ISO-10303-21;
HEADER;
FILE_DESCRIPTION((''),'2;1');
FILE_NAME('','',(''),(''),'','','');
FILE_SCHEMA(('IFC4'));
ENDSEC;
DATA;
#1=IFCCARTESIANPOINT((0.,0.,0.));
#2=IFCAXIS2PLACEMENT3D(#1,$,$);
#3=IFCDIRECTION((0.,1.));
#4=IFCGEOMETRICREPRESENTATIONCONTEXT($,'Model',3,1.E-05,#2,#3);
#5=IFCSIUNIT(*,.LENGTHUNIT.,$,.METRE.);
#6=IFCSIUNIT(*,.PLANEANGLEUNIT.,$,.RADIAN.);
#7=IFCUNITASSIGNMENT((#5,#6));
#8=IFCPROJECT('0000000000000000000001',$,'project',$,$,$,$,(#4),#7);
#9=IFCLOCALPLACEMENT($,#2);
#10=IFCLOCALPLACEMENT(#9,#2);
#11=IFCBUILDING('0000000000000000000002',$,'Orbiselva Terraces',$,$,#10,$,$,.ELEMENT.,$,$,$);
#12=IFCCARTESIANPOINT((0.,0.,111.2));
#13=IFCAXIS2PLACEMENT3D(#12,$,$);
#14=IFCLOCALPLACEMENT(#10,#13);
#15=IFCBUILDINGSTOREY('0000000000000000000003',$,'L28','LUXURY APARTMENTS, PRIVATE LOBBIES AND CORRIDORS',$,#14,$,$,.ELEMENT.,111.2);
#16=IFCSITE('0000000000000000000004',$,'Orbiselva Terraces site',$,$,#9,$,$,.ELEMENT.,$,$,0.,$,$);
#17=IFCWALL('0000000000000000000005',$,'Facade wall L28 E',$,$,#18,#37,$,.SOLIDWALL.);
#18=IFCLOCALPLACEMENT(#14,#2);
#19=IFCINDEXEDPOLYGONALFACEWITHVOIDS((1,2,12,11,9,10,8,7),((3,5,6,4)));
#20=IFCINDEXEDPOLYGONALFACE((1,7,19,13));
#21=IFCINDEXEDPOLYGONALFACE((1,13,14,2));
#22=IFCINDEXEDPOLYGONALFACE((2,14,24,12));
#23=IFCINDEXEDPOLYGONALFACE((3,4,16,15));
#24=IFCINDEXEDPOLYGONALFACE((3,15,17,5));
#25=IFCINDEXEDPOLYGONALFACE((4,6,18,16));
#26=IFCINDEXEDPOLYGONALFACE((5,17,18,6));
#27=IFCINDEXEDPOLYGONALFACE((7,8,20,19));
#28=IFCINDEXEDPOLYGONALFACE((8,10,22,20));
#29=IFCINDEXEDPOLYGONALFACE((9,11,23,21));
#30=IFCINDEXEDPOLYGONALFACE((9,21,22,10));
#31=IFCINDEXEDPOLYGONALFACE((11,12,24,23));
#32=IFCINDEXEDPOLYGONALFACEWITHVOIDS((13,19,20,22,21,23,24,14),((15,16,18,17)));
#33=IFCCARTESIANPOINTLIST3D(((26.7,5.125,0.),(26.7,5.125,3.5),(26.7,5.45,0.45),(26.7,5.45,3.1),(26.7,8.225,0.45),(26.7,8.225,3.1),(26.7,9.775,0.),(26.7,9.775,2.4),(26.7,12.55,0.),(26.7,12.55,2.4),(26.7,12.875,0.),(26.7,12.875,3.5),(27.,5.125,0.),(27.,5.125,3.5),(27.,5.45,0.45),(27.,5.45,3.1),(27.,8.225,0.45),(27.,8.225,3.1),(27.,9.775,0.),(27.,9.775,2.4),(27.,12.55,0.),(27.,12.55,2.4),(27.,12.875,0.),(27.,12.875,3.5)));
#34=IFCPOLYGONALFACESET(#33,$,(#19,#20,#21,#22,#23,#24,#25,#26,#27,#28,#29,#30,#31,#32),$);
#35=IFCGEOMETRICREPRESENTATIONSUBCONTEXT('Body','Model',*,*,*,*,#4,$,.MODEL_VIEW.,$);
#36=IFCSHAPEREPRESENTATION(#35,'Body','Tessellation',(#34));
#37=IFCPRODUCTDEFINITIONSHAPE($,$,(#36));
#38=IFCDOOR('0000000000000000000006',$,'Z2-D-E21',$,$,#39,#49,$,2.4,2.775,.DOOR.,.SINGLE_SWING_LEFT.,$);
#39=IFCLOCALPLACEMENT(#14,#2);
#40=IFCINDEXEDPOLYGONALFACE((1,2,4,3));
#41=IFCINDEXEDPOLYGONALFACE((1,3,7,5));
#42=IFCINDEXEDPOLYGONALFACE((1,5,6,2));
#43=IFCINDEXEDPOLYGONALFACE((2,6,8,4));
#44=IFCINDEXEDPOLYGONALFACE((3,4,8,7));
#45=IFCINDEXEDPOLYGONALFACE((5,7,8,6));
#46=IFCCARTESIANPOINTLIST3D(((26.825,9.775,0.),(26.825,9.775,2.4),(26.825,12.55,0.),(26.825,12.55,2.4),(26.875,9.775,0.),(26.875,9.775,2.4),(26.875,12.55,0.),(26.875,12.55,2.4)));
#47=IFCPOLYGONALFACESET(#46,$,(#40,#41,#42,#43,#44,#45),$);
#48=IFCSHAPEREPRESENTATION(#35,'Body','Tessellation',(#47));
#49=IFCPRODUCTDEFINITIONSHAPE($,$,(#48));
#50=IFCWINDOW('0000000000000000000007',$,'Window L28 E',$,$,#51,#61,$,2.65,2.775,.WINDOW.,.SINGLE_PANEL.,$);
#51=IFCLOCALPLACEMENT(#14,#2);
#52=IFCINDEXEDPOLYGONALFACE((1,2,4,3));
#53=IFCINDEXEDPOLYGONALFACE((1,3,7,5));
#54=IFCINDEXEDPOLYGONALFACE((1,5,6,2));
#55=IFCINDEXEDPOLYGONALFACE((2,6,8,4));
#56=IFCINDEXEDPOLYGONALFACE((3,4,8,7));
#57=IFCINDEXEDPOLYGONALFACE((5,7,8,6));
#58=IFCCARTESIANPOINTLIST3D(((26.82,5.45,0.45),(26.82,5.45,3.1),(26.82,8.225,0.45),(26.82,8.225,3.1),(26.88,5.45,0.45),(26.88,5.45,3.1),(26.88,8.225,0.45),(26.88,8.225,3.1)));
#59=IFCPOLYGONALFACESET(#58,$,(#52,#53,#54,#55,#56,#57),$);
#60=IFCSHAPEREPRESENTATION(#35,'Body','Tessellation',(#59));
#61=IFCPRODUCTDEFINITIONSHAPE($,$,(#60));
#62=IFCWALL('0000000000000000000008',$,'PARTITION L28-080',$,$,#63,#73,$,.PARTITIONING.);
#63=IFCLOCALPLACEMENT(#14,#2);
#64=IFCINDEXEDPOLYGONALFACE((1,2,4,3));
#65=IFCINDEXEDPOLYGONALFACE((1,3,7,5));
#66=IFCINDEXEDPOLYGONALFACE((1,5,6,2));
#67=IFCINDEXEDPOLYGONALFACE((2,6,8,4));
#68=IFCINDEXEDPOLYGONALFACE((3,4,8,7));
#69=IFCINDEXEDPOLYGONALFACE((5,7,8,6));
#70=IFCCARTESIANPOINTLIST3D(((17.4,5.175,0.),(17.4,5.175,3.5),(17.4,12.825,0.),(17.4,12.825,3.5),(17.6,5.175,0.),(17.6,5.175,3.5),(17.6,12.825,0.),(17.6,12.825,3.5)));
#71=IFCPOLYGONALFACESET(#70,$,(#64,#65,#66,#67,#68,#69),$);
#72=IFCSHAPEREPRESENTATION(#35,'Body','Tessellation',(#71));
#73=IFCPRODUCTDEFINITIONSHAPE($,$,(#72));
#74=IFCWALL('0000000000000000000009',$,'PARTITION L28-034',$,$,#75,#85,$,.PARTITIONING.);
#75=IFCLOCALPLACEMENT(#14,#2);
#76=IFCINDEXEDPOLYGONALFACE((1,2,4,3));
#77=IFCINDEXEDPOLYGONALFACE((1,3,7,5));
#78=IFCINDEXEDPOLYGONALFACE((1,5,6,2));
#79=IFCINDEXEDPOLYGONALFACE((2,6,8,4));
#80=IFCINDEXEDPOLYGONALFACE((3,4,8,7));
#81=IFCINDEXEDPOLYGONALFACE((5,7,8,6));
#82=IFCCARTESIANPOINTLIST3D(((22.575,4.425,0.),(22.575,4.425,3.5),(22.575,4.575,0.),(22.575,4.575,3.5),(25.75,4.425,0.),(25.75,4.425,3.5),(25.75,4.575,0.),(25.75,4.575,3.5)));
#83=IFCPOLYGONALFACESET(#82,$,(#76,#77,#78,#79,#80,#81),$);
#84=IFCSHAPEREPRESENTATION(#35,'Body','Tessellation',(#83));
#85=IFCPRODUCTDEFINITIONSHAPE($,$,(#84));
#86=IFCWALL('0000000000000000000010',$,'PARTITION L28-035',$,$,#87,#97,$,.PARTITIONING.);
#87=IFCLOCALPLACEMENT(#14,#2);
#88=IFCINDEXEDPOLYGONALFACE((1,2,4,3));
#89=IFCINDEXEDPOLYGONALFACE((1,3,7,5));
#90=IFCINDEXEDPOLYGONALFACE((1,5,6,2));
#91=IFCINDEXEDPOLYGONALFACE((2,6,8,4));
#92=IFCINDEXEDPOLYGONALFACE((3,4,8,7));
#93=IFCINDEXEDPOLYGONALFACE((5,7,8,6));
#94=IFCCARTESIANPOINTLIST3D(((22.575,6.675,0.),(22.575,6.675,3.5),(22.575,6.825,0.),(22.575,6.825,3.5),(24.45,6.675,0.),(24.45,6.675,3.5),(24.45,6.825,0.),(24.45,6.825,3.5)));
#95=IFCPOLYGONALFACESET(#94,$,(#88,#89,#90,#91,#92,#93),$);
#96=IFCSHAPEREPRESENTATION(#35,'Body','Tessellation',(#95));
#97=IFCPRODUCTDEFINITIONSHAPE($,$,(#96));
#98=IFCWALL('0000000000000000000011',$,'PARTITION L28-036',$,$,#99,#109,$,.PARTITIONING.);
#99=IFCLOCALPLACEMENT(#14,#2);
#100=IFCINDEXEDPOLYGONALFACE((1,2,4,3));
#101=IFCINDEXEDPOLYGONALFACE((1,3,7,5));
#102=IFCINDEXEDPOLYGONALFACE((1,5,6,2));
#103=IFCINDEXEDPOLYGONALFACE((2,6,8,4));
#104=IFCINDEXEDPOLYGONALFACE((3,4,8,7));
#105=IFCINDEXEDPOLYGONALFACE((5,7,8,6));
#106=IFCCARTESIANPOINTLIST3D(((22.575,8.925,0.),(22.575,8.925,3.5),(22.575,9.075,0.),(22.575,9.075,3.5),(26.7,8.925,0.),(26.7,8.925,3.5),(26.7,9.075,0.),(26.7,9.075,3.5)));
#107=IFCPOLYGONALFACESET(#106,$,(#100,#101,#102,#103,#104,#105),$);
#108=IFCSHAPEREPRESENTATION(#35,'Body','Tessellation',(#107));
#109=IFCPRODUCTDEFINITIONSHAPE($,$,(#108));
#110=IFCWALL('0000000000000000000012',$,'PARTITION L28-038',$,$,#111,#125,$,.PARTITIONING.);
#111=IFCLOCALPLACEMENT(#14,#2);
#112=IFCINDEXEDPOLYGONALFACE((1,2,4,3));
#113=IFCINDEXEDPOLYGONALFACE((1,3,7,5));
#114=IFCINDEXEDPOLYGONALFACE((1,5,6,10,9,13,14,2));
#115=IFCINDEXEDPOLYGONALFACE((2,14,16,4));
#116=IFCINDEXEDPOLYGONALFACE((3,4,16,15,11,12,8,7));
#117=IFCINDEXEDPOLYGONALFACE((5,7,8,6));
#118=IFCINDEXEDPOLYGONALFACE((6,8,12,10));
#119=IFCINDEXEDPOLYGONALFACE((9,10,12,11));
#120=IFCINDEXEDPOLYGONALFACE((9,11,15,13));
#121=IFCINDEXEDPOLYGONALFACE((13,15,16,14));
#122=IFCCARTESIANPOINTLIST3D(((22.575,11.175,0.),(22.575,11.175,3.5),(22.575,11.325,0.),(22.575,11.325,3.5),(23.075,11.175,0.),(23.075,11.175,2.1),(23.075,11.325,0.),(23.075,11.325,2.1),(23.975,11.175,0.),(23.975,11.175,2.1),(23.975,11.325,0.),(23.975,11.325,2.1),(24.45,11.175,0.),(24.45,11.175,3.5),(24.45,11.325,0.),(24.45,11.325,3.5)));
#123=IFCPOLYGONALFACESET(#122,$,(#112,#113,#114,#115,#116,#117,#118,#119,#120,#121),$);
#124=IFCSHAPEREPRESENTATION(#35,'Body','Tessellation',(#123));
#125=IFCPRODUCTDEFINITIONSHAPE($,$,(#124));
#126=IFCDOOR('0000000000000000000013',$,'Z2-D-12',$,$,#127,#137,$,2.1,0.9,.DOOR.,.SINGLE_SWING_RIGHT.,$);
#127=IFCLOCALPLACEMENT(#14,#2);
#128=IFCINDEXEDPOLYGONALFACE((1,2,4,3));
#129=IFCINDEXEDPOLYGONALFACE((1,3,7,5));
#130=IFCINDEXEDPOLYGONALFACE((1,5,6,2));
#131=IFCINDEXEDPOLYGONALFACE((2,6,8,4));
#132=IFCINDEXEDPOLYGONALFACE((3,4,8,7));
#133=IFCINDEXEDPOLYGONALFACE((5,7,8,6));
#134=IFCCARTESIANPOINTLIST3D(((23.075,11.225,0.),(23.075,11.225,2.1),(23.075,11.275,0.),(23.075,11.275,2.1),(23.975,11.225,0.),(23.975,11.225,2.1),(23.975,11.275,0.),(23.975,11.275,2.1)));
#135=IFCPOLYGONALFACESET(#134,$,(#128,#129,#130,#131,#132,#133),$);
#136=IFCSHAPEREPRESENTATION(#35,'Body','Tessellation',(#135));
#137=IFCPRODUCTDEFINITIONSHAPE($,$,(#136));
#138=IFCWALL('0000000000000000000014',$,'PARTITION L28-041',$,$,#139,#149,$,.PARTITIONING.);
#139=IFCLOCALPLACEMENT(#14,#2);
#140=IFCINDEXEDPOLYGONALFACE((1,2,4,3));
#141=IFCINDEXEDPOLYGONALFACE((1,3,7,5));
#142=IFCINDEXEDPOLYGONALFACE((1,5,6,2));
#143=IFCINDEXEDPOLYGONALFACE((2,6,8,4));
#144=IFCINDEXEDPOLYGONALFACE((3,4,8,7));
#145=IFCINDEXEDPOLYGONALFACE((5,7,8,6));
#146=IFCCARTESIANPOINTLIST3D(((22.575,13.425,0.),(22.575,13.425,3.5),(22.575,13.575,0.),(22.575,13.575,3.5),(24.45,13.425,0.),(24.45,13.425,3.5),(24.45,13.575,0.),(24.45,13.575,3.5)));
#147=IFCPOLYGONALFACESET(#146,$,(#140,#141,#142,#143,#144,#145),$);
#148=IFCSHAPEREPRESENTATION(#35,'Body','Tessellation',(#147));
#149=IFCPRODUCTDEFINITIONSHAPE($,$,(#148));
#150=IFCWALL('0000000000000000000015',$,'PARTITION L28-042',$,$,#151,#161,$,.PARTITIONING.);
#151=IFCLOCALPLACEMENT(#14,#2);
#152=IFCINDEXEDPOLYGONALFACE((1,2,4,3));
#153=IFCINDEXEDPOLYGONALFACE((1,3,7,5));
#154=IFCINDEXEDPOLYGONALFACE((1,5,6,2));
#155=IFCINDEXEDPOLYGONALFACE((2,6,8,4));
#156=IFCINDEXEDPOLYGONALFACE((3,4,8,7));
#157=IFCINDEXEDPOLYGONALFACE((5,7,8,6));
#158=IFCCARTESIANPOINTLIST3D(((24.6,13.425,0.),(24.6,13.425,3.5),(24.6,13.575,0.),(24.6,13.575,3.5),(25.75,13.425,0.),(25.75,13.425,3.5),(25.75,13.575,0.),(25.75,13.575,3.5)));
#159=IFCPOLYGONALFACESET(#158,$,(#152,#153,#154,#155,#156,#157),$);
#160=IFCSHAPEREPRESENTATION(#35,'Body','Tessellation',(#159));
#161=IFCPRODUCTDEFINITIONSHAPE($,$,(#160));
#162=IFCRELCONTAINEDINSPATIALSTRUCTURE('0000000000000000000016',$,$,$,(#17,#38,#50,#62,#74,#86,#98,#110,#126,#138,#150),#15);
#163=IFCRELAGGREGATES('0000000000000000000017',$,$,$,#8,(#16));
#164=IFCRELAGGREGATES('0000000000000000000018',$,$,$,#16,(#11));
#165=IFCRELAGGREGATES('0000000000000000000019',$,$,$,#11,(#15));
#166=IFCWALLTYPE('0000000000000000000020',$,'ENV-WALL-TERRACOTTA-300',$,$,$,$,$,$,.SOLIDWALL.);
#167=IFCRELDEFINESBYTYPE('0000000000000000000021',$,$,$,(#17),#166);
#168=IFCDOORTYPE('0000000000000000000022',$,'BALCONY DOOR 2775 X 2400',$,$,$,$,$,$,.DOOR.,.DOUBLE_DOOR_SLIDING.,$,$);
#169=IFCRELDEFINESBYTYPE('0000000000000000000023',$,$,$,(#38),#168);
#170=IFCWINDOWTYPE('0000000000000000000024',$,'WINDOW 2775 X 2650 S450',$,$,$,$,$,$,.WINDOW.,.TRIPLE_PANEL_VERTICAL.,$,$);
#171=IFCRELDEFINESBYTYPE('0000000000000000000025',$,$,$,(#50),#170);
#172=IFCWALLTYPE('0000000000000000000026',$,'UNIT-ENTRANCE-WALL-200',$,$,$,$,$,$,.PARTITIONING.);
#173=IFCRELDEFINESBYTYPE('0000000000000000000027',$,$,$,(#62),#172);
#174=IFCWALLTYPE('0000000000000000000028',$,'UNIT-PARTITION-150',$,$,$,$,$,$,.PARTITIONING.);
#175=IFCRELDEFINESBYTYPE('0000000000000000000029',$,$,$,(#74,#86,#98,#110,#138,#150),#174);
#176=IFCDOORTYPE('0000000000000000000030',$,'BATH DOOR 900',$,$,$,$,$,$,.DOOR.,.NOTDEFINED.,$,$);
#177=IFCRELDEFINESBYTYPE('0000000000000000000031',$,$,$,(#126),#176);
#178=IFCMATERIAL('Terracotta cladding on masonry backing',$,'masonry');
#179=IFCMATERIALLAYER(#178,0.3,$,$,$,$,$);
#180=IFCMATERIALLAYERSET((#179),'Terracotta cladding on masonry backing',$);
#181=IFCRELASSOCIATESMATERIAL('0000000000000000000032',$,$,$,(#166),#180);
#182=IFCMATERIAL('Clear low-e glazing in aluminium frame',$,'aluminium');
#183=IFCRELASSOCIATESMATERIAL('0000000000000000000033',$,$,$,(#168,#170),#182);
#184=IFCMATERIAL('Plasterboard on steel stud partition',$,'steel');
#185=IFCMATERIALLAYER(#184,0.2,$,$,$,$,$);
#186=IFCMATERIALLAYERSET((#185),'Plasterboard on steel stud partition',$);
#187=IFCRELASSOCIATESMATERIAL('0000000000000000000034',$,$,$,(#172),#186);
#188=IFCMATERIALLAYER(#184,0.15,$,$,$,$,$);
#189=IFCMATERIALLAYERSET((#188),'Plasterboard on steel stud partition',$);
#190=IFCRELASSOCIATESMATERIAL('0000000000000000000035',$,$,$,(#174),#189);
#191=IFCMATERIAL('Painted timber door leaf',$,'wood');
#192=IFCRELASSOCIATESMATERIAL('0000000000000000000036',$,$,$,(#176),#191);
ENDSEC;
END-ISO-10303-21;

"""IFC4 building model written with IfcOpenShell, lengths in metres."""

from ifc_helpers import new_model, si_unit, direction, frame, frame_2d, origin, place, context, subcontext, project, spatial, rectangle, extrude, material, layer, layer_set, type_object, element, fill, save


model = new_model("IFC4")

# Units and contexts
model_context = context("Model", 3, precision=1e-05, world=origin(), true_north=direction((0.0, 1.0)))
body_context = subcontext(model_context, "Body", "Model", "MODEL_VIEW")
ifc_project = project(units=[si_unit("LENGTHUNIT", "METRE"), si_unit("PLANEANGLEUNIT", "RADIAN")], contexts=[model_context])

# Site, building, storey
site_placement = place(None, origin())
site = spatial("IfcSite", under=ifc_project, at=site_placement, Name="Orbiselva Terraces site", CompositionType="ELEMENT", RefElevation=0.0)
building_placement = place(site_placement, origin())
building = spatial("IfcBuilding", under=site, at=building_placement, Name="Orbiselva Terraces", CompositionType="ELEMENT")
storey_placement = place(building_placement, frame((0.0, 0.0, 111.2)))
storey = spatial("IfcBuildingStorey", under=building, at=storey_placement, Name="L28", Description="LUXURY APARTMENTS, PRIVATE LOBBIES AND CORRIDORS", CompositionType="ELEMENT", Elevation=111.2)

# Wall, openings, door, window
ifc_material_1 = material(Name="Terracotta cladding on masonry backing", Category="masonry")
ifc_layer_1 = layer(ifc_material_1, 0.3)
ifc_layer_set_1 = layer_set([ifc_layer_1], Name="Terracotta cladding on masonry backing")
wall_type_1 = type_object("IfcWallType", Name="ENV-WALL-TERRACOTTA-300", PredefinedType="SOLIDWALL", material=ifc_layer_set_1)
ifc_material_2 = material(Name="Clear low-e glazing in aluminium frame", Category="aluminium")
door_type_1 = type_object("IfcDoorType", Name="BALCONY DOOR 2775 X 2400", OperationType="DOUBLE_DOOR_SLIDING", PredefinedType="DOOR", material=ifc_material_2)
window_type = type_object("IfcWindowType", Name="WINDOW 2775 X 2650 S450", PartitioningType="TRIPLE_PANEL_VERTICAL", PredefinedType="WINDOW", material=ifc_material_2)
wall_1_placement = place(storey_placement, frame((26.85, 12.875, 0.0), z_axis=(0.0, 0.0, 1.0), x_axis=(0.0, -1.0, 0.0)))
wall_1 = element("IfcWall", 1, at=wall_1_placement, inside=storey, type_object=wall_type_1, Name="Facade wall L28 E", PredefinedType="SOLIDWALL", context=body_context, shape_type="SweptSolid", body=[
    extrude(rectangle(XDim=7.75, YDim=0.3, at=frame_2d((3.875, 0.0))), origin(), (0.0, 0.0, 1.0), 3.5),
])
opening_1_placement = place(wall_1_placement, frame((4.65, 0.0, 0.45)))
opening_1 = element("IfcOpeningElement", 2, at=opening_1_placement, cuts=wall_1, PredefinedType="OPENING", context=body_context, shape_type="SweptSolid", body=[
    extrude(rectangle(XDim=2.775, YDim=2.65, at=frame_2d((1.3875, 1.325))), frame((0.0, 0.16, 0.0), z_axis=(0.0, -1.0, 0.0), x_axis=(1.0, 0.0, 0.0)), (0.0, 0.0, 1.0), 0.32),
])
opening_2_placement = place(wall_1_placement, frame((0.325, 0.0, 0.0)))
opening_2 = element("IfcOpeningElement", 3, at=opening_2_placement, cuts=wall_1, PredefinedType="OPENING", context=body_context, shape_type="SweptSolid", body=[
    extrude(rectangle(XDim=2.775, YDim=2.4, at=frame_2d((1.3875, 1.2))), frame((0.0, 0.16, 0.0), z_axis=(0.0, -1.0, 0.0), x_axis=(1.0, 0.0, 0.0)), (0.0, 0.0, 1.0), 0.32),
])
door_1_placement = place(opening_2_placement, origin())
door_1 = element("IfcDoor", 4, at=door_1_placement, inside=storey, type_object=door_type_1, Name="Z2-D-E21", OperationType="SINGLE_SWING_LEFT", OverallHeight=2.4, OverallWidth=2.775, PredefinedType="DOOR", context=body_context, shape_type="SweptSolid", body=[
    extrude(rectangle(XDim=2.775, YDim=2.4, at=frame_2d((1.3875, 1.2))), frame((0.0, 0.025, 0.0), z_axis=(0.0, -1.0, 0.0), x_axis=(1.0, 0.0, 0.0)), (0.0, 0.0, 1.0), 0.05),
])
fill(opening_2, door_1)
window_1_placement = place(opening_1_placement, origin())
window_1 = element("IfcWindow", 5, at=window_1_placement, inside=storey, type_object=window_type, Name="Window L28 E", OverallHeight=2.65, OverallWidth=2.775, PartitioningType="SINGLE_PANEL", PredefinedType="WINDOW", context=body_context, shape_type="SweptSolid", body=[
    extrude(rectangle(XDim=2.775, YDim=2.65, at=frame_2d((1.3875, 1.325))), frame((0.0, 0.03, 0.0), z_axis=(0.0, -1.0, 0.0), x_axis=(1.0, 0.0, 0.0)), (0.0, 0.0, 1.0), 0.06),
])
fill(opening_1, window_1)

# Walls
ifc_material_3 = material(Name="Plasterboard on steel stud partition", Category="steel")
ifc_layer_2 = layer(ifc_material_3, 0.2)
ifc_layer_set_2 = layer_set([ifc_layer_2], Name="Plasterboard on steel stud partition")
wall_type_2 = type_object("IfcWallType", Name="UNIT-ENTRANCE-WALL-200", PredefinedType="PARTITIONING", material=ifc_layer_set_2)
wall_2_placement = place(storey_placement, frame((17.5, 5.175, 0.0), z_axis=(0.0, 0.0, 1.0), x_axis=(0.0, 1.0, 0.0)))
element("IfcWall", 6, at=wall_2_placement, inside=storey, type_object=wall_type_2, Name="PARTITION L28-080", PredefinedType="PARTITIONING", context=body_context, shape_type="SweptSolid", body=[
    extrude(rectangle(XDim=7.65, YDim=0.2, at=frame_2d((3.825, 0.0))), origin(), (0.0, 0.0, 1.0), 3.5),
])
ifc_layer_3 = layer(ifc_material_3, 0.15)
ifc_layer_set_3 = layer_set([ifc_layer_3], Name="Plasterboard on steel stud partition")
wall_type_3 = type_object("IfcWallType", Name="UNIT-PARTITION-150", PredefinedType="PARTITIONING", material=ifc_layer_set_3)
wall_3_placement = place(storey_placement, frame((22.575, 4.5, 0.0), z_axis=(0.0, 0.0, 1.0), x_axis=(1.0, 0.0, 0.0)))
element("IfcWall", 7, at=wall_3_placement, inside=storey, type_object=wall_type_3, Name="PARTITION L28-034", PredefinedType="PARTITIONING", context=body_context, shape_type="SweptSolid", body=[
    extrude(rectangle(XDim=3.175, YDim=0.15, at=frame_2d((1.5875, 0.0))), origin(), (0.0, 0.0, 1.0), 3.5),
])
wall_4_placement = place(storey_placement, frame((22.575, 6.75, 0.0), z_axis=(0.0, 0.0, 1.0), x_axis=(1.0, 0.0, 0.0)))
element("IfcWall", 8, at=wall_4_placement, inside=storey, type_object=wall_type_3, Name="PARTITION L28-035", PredefinedType="PARTITIONING", context=body_context, shape_type="SweptSolid", body=[
    extrude(rectangle(XDim=1.875, YDim=0.15, at=frame_2d((0.9375, 0.0))), origin(), (0.0, 0.0, 1.0), 3.5),
])
wall_5_placement = place(storey_placement, frame((22.575, 9.0, 0.0), z_axis=(0.0, 0.0, 1.0), x_axis=(1.0, 0.0, 0.0)))
element("IfcWall", 9, at=wall_5_placement, inside=storey, type_object=wall_type_3, Name="PARTITION L28-036", PredefinedType="PARTITIONING", context=body_context, shape_type="SweptSolid", body=[
    extrude(rectangle(XDim=4.125, YDim=0.15, at=frame_2d((2.0625, 0.0))), origin(), (0.0, 0.0, 1.0), 3.5),
])

# Wall, opening, door
wall_6_placement = place(storey_placement, frame((22.575, 11.25, 0.0), z_axis=(0.0, 0.0, 1.0), x_axis=(1.0, 0.0, 0.0)))
wall_6 = element("IfcWall", 10, at=wall_6_placement, inside=storey, type_object=wall_type_3, Name="PARTITION L28-038", PredefinedType="PARTITIONING", context=body_context, shape_type="SweptSolid", body=[
    extrude(rectangle(XDim=1.875, YDim=0.15, at=frame_2d((0.9375, 0.0))), origin(), (0.0, 0.0, 1.0), 3.5),
])
opening_3_placement = place(wall_6_placement, frame((0.5, 0.0, 0.0)))
opening_3 = element("IfcOpeningElement", 11, at=opening_3_placement, cuts=wall_6, PredefinedType="OPENING", context=body_context, shape_type="SweptSolid", body=[
    extrude(rectangle(XDim=0.9, YDim=2.1, at=frame_2d((0.45, 1.05))), frame((0.0, 0.085, 0.0), z_axis=(0.0, -1.0, 0.0), x_axis=(1.0, 0.0, 0.0)), (0.0, 0.0, 1.0), 0.17),
])
ifc_material_4 = material(Name="Painted timber door leaf", Category="wood")
door_type_2 = type_object("IfcDoorType", Name="BATH DOOR 900", OperationType="NOTDEFINED", PredefinedType="DOOR", material=ifc_material_4)
door_2_placement = place(opening_3_placement, origin())
door_2 = element("IfcDoor", 12, at=door_2_placement, inside=storey, type_object=door_type_2, Name="Z2-D-12", OperationType="SINGLE_SWING_RIGHT", OverallHeight=2.1, OverallWidth=0.9, PredefinedType="DOOR", context=body_context, shape_type="SweptSolid", body=[
    extrude(rectangle(XDim=0.9, YDim=2.1, at=frame_2d((0.45, 1.05))), frame((0.0, 0.025, 0.0), z_axis=(0.0, -1.0, 0.0), x_axis=(1.0, 0.0, 0.0)), (0.0, 0.0, 1.0), 0.05),
])
fill(opening_3, door_2)

# Walls
wall_7_placement = place(storey_placement, frame((22.575, 13.5, 0.0), z_axis=(0.0, 0.0, 1.0), x_axis=(1.0, 0.0, 0.0)))
element("IfcWall", 13, at=wall_7_placement, inside=storey, type_object=wall_type_3, Name="PARTITION L28-041", PredefinedType="PARTITIONING", context=body_context, shape_type="SweptSolid", body=[
    extrude(rectangle(XDim=1.875, YDim=0.15, at=frame_2d((0.9375, 0.0))), origin(), (0.0, 0.0, 1.0), 3.5),
])
wall_8_placement = place(storey_placement, frame((24.6, 13.5, 0.0), z_axis=(0.0, 0.0, 1.0), x_axis=(1.0, 0.0, 0.0)))
element("IfcWall", 14, at=wall_8_placement, inside=storey, type_object=wall_type_3, Name="PARTITION L28-042", PredefinedType="PARTITIONING", context=body_context, shape_type="SweptSolid", body=[
    extrude(rectangle(XDim=1.15, YDim=0.15, at=frame_2d((0.575, 0.0))), origin(), (0.0, 0.0, 1.0), 3.5),
])

save(model, "model.ifc")
